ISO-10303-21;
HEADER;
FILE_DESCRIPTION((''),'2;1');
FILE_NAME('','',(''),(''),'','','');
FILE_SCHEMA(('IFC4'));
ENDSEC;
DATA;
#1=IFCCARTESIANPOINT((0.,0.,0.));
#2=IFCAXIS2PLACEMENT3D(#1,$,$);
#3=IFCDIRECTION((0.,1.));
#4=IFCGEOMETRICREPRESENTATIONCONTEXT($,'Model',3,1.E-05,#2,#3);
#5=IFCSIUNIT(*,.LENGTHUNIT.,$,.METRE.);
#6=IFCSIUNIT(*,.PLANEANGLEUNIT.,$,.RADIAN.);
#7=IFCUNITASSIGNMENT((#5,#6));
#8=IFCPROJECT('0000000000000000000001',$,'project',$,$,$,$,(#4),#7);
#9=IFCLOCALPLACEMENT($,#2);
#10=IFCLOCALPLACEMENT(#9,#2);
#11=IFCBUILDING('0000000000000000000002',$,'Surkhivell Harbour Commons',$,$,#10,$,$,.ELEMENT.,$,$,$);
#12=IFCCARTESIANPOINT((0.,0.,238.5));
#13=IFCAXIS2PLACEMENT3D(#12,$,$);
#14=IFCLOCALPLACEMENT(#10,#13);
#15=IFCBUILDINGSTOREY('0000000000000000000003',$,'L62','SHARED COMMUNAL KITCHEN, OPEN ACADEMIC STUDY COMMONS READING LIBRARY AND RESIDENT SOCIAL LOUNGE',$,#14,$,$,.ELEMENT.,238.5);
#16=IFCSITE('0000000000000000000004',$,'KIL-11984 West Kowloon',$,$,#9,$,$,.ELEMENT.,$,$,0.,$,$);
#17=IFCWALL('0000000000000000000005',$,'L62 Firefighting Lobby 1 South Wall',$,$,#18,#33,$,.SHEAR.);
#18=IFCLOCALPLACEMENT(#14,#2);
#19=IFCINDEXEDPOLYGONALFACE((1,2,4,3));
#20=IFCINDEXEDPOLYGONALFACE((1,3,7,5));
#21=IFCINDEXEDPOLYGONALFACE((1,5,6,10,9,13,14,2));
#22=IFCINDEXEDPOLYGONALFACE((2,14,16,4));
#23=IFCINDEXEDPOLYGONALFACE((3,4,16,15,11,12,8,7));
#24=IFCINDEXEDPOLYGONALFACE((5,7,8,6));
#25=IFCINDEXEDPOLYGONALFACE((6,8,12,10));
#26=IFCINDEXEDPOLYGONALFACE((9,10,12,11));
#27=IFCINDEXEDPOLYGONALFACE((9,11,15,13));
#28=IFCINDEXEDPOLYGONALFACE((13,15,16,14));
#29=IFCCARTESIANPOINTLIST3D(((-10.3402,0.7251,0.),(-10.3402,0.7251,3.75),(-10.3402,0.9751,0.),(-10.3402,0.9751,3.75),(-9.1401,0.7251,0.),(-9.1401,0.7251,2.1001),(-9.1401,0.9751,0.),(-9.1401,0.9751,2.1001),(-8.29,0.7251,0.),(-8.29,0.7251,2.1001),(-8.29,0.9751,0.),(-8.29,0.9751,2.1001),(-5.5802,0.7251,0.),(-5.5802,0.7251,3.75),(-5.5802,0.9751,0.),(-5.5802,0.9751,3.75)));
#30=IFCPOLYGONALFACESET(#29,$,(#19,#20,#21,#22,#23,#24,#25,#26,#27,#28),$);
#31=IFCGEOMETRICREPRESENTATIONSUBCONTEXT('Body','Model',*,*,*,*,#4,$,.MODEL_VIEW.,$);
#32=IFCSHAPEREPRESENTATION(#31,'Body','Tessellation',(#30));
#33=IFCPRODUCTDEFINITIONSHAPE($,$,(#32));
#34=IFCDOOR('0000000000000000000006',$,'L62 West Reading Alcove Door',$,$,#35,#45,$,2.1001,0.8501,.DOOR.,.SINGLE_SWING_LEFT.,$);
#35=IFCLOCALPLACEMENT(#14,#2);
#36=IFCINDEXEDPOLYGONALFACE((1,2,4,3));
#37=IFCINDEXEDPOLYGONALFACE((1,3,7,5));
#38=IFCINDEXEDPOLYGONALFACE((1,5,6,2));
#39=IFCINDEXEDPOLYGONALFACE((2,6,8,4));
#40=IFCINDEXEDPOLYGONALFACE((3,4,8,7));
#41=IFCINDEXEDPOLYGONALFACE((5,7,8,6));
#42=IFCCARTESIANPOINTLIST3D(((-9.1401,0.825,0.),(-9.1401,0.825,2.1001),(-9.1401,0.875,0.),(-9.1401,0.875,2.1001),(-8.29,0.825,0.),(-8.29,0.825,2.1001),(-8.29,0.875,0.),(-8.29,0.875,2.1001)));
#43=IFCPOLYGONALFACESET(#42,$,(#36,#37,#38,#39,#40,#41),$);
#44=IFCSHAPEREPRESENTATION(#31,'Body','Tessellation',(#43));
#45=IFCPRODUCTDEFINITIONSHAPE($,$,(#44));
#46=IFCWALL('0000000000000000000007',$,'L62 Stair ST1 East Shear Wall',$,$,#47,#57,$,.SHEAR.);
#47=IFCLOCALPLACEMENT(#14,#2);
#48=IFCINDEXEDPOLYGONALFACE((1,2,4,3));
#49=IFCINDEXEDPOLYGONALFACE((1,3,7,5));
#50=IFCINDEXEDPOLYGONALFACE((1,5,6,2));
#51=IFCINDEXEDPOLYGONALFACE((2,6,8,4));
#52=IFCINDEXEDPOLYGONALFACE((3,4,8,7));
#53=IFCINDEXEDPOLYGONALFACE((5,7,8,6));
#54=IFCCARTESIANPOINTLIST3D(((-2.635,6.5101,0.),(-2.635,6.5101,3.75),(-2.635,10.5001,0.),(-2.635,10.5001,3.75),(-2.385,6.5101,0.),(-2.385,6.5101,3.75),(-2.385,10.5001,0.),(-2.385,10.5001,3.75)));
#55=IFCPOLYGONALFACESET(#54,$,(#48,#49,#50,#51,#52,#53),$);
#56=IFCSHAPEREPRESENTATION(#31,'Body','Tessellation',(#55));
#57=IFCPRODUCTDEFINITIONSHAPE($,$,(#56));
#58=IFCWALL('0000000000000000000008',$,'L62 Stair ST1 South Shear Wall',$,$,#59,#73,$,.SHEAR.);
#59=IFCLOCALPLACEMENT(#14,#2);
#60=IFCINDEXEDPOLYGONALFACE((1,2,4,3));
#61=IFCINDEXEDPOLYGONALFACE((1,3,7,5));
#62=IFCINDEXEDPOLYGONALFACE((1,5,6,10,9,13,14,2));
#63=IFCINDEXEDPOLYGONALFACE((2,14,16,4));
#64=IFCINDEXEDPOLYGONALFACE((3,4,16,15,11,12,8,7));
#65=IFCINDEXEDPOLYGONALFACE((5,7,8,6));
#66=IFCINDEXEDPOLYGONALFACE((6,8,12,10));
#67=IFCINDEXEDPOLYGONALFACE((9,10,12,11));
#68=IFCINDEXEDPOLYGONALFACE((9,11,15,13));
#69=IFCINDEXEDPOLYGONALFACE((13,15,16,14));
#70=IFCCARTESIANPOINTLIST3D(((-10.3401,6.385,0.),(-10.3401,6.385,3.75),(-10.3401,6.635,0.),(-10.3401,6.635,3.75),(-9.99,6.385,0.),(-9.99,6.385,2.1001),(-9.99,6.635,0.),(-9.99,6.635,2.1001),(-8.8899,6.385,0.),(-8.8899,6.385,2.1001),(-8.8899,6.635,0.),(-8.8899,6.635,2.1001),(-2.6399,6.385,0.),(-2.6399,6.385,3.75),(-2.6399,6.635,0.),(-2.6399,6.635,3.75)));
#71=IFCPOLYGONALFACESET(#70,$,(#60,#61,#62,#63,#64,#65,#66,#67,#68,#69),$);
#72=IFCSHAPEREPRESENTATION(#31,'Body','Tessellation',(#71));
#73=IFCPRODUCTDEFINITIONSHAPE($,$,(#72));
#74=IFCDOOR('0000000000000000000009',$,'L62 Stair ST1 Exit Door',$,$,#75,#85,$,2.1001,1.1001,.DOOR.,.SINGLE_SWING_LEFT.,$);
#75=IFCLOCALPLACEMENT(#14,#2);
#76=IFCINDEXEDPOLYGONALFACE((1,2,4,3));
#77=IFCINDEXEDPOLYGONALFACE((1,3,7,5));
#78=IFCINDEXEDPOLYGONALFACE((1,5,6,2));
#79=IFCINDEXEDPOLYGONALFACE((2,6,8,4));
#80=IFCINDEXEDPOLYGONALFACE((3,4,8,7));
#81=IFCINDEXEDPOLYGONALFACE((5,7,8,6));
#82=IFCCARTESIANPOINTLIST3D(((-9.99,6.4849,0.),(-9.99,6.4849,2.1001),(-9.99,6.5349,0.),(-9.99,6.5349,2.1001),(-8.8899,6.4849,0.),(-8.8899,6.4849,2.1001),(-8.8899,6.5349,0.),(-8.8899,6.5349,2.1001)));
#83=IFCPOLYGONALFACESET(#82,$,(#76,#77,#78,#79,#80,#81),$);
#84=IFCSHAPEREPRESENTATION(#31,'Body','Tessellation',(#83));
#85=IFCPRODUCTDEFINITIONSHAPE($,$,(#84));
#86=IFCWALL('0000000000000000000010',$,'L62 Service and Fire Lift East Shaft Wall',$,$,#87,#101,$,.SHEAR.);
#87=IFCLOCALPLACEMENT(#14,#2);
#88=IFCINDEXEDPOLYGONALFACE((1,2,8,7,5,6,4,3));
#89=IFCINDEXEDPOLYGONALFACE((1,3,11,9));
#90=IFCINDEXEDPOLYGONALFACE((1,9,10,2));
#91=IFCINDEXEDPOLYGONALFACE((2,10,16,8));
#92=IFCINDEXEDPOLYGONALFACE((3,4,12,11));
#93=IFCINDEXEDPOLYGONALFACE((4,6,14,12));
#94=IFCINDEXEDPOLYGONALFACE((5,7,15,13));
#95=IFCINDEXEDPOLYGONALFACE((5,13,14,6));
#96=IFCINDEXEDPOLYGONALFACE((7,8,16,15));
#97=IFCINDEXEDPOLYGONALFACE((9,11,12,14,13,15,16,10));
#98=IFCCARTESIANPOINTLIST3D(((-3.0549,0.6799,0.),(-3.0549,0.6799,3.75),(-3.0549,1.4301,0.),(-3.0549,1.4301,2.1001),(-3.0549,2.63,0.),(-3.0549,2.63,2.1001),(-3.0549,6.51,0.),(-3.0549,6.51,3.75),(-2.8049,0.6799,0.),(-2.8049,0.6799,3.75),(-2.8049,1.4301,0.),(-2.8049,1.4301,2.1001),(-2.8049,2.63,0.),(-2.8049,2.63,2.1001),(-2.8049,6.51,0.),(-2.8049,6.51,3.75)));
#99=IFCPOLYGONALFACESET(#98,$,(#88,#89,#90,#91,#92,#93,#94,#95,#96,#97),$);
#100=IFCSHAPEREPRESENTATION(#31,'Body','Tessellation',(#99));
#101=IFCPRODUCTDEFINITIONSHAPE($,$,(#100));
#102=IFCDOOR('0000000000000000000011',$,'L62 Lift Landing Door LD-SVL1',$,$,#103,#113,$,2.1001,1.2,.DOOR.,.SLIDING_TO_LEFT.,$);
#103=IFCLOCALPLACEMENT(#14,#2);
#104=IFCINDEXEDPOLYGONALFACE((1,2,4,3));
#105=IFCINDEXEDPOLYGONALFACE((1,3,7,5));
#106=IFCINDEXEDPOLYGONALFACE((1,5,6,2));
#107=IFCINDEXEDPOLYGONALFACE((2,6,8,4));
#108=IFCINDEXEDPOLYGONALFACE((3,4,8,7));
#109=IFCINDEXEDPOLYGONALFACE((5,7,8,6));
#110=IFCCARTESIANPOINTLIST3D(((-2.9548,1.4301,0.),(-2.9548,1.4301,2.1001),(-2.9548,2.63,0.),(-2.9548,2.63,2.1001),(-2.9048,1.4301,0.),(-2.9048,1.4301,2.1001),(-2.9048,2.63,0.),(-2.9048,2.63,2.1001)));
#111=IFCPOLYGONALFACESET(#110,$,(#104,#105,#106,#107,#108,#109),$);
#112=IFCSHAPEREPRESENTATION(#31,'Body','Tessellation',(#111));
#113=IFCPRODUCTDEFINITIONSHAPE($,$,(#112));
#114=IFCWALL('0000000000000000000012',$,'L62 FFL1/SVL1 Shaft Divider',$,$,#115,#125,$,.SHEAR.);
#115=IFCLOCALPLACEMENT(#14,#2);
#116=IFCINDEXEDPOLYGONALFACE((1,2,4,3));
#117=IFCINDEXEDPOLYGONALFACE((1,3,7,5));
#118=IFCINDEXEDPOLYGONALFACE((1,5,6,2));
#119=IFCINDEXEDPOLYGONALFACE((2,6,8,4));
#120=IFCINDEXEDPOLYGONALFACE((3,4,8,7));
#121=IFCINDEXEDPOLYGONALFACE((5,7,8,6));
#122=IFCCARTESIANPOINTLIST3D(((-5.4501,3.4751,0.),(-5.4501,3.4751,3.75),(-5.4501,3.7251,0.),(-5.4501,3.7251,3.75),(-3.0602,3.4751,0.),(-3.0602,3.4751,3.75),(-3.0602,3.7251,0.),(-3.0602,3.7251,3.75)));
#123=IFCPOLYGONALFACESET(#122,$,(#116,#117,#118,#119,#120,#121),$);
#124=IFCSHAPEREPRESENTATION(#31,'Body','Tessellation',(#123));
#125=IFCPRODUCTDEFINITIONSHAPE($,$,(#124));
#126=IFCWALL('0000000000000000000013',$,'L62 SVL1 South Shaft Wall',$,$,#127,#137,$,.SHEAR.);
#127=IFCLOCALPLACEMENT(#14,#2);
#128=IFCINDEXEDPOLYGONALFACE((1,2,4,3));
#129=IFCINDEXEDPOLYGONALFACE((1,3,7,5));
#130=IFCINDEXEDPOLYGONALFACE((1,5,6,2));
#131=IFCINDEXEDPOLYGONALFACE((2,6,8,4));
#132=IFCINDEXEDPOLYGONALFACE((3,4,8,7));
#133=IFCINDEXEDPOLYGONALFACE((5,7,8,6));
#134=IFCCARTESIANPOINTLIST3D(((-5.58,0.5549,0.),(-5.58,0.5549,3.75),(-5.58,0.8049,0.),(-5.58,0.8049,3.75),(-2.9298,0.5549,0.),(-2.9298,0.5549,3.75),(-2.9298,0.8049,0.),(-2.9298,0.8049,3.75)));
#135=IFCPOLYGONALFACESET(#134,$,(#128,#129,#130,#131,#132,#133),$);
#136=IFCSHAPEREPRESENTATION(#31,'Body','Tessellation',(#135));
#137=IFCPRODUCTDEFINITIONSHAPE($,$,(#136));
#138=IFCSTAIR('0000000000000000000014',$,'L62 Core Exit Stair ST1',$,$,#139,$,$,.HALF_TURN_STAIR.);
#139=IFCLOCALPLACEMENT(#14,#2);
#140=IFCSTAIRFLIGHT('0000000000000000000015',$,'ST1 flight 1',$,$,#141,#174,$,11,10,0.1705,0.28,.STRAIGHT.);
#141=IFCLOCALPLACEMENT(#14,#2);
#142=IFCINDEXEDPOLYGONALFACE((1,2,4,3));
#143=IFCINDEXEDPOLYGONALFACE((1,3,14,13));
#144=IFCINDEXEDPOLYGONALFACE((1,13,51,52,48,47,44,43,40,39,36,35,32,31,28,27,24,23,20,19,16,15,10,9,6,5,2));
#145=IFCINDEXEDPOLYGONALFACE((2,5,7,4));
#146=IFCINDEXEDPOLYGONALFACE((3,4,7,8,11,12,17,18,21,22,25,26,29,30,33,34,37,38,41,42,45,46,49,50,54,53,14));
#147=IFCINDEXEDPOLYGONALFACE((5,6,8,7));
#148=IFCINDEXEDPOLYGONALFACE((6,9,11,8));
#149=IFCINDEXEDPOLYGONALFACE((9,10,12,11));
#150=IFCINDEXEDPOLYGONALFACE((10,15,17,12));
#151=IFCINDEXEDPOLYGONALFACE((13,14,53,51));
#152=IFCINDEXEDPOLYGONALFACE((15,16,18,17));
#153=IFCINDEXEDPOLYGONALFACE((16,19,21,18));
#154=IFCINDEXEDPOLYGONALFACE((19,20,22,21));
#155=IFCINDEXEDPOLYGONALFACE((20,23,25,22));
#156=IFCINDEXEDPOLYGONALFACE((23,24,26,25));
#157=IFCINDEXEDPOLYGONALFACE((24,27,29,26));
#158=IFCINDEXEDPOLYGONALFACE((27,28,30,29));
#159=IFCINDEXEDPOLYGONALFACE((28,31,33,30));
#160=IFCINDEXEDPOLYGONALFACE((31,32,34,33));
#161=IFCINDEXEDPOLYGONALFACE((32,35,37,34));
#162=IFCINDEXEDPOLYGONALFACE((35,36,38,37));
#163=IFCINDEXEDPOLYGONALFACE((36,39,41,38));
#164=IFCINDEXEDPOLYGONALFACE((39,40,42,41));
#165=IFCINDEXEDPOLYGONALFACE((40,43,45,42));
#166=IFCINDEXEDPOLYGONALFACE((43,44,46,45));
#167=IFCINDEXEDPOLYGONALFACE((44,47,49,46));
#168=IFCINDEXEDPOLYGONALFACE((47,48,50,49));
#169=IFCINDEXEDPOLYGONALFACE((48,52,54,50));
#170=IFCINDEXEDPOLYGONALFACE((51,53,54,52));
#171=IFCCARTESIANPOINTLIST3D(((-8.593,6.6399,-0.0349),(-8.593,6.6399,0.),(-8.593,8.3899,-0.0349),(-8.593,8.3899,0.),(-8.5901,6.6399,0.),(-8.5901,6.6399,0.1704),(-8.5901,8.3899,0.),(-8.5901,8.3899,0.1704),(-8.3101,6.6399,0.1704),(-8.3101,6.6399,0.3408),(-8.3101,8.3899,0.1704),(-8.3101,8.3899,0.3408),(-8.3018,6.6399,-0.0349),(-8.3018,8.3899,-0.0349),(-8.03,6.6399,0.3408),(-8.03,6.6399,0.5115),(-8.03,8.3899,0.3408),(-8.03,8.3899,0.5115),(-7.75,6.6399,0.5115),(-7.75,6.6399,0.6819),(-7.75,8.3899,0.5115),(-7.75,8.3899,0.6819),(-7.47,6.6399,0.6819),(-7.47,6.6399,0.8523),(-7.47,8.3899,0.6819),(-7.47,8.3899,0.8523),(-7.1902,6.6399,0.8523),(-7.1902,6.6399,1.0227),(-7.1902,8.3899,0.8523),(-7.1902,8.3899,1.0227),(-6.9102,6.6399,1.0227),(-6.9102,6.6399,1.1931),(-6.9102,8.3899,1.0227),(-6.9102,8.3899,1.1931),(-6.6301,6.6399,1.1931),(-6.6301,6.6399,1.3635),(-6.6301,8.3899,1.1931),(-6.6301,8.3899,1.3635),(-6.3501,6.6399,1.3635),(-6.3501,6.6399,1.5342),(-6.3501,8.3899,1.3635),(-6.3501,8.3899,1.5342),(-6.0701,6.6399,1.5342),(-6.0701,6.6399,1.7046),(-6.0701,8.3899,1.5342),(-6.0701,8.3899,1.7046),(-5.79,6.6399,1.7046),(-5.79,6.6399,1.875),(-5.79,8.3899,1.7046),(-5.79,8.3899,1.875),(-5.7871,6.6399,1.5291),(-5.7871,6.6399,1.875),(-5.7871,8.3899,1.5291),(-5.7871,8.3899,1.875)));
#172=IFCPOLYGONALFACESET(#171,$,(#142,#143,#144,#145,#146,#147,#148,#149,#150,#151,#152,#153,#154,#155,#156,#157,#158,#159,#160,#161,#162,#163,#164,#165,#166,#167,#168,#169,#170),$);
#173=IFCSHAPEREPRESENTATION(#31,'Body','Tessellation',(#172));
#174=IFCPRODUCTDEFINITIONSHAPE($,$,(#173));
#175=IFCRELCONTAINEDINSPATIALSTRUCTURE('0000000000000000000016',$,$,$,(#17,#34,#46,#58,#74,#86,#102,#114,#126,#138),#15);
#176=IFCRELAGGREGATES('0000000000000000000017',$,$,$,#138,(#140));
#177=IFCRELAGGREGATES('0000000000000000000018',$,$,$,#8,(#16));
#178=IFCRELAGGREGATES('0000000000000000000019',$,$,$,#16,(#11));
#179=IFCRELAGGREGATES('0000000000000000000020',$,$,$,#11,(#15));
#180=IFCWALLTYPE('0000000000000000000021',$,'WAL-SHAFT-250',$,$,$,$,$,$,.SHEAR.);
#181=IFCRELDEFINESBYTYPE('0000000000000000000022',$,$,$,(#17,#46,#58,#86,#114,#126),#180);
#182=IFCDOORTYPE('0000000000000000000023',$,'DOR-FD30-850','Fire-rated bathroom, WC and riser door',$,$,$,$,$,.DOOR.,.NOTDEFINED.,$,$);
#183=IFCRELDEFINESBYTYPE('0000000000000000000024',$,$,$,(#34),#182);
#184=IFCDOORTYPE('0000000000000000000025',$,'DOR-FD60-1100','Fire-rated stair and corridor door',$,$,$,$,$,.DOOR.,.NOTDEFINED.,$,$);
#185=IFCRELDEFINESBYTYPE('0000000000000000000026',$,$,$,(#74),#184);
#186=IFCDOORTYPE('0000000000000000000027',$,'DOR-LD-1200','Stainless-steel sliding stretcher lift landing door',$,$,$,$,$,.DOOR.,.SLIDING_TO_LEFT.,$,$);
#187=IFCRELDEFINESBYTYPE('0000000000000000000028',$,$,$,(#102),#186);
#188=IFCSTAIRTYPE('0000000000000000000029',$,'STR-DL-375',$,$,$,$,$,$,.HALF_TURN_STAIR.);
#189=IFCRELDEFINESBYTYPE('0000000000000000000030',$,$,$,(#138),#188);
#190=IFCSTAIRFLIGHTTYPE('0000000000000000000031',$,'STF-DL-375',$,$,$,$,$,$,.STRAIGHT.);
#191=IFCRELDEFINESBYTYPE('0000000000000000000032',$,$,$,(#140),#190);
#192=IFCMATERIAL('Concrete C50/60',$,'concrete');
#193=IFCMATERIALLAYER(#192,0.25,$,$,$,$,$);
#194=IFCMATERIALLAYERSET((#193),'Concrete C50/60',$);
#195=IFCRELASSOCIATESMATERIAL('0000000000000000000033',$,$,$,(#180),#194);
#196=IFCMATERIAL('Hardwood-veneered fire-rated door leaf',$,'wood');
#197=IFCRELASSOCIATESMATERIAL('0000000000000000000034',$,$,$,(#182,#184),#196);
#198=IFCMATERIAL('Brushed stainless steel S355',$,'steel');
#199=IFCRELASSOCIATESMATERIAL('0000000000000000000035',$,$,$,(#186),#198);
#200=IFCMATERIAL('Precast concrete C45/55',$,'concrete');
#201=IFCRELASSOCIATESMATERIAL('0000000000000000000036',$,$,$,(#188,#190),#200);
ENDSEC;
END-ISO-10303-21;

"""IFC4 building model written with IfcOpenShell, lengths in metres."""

from ifc_helpers import new_model, si_unit, direction, frame, frame_2d, origin, place, context, subcontext, project, spatial, polyline, rectangle, outline, extrude, material, layer, layer_set, type_object, element, fill, aggregate, save


model = new_model("IFC4")

# Units and contexts
model_context = context("Model", 3, precision=1e-05, world=origin(), true_north=direction((0.0, 1.0)))
body_context = subcontext(model_context, "Body", "Model", "MODEL_VIEW")
ifc_project = project(units=[si_unit("LENGTHUNIT", "METRE"), si_unit("PLANEANGLEUNIT", "RADIAN")], contexts=[model_context])

# Site, building, storey
site_placement = place(None, origin())
site = spatial("IfcSite", under=ifc_project, at=site_placement, Name="KIL-11984 West Kowloon", CompositionType="ELEMENT", RefElevation=0.0)
building_placement = place(site_placement, origin())
building = spatial("IfcBuilding", under=site, at=building_placement, Name="Surkhivell Harbour Commons", CompositionType="ELEMENT")
storey_placement = place(building_placement, frame((0.0, 0.0, 238.5)))
storey = spatial("IfcBuildingStorey", under=building, at=storey_placement, Name="L62", Description="SHARED COMMUNAL KITCHEN, OPEN ACADEMIC STUDY COMMONS READING LIBRARY AND RESIDENT SOCIAL LOUNGE", CompositionType="ELEMENT", Elevation=238.5)

# Shared definitions
ifc_material_1 = material(Name="Hardwood-veneered fire-rated door leaf", Category="wood")

# Wall, opening, door
ifc_material_2 = material(Name="Concrete C50/60", Category="concrete")
ifc_layer_1 = layer(ifc_material_2, 0.25)
ifc_layer_set_1 = layer_set([ifc_layer_1], Name="Concrete C50/60")
wall_type_1 = type_object("IfcWallType", Name="WAL-SHAFT-250", PredefinedType="SHEAR", material=ifc_layer_set_1)
ifc_material_3 = material(Name="Brushed stainless steel S355", Category="steel")
wall_1_placement = place(storey_placement, frame((-10.3401, 0.8501, 0.0), z_axis=(0.0, 0.0, 1.0), x_axis=(1.0, 0.0, 0.0)))
wall_1 = element("IfcWall", 1, at=wall_1_placement, inside=storey, type_object=wall_type_1, Name="L62 Firefighting Lobby 1 South Wall", PredefinedType="SHEAR", context=body_context, shape_type="SweptSolid", body=[
    extrude(rectangle(XDim=4.76, YDim=0.25, at=frame_2d((2.3799, 0.0))), origin(), (0.0, 0.0, 1.0), 3.75),
])
opening_1_placement = place(wall_1_placement, frame((1.2, 0.0, 0.0)))
opening_1 = element("IfcOpeningElement", 2, at=opening_1_placement, cuts=wall_1, PredefinedType="OPENING", context=body_context, shape_type="SweptSolid", body=[
    extrude(rectangle(XDim=0.8501, YDim=2.1001, at=frame_2d((0.425, 1.05))), frame((0.0, 0.135, 0.0), z_axis=(0.0, -1.0, 0.0), x_axis=(1.0, 0.0, 0.0)), (0.0, 0.0, 1.0), 0.27),
])
door_type_1 = type_object("IfcDoorType", Name="DOR-FD30-850", Description="Fire-rated bathroom, WC and riser door", OperationType="NOTDEFINED", PredefinedType="DOOR", material=ifc_material_1)
door_1_placement = place(opening_1_placement, origin())
door_1 = element("IfcDoor", 3, at=door_1_placement, inside=storey, type_object=door_type_1, Name="L62 West Reading Alcove Door", OperationType="SINGLE_SWING_LEFT", OverallHeight=2.1001, OverallWidth=0.8501, PredefinedType="DOOR", context=body_context, shape_type="SweptSolid", body=[
    extrude(rectangle(XDim=0.8501, YDim=2.1001, at=frame_2d((0.425, 1.05))), frame((0.0, 0.0249, 0.0), z_axis=(0.0, -1.0, 0.0), x_axis=(1.0, 0.0, 0.0)), (0.0, 0.0, 1.0), 0.05),
])
fill(opening_1, door_1)

# Wall
wall_2_placement = place(storey_placement, frame((-2.51, 6.51, 0.0), z_axis=(0.0, 0.0, 1.0), x_axis=(0.0, 1.0, 0.0)))
element("IfcWall", 4, at=wall_2_placement, inside=storey, type_object=wall_type_1, Name="L62 Stair ST1 East Shear Wall", PredefinedType="SHEAR", context=body_context, shape_type="SweptSolid", body=[
    extrude(rectangle(XDim=3.99, YDim=0.25, at=frame_2d((1.9951, 0.0))), origin(), (0.0, 0.0, 1.0), 3.75),
])

# Walls, openings, doors
wall_3_placement = place(storey_placement, frame((-10.3401, 6.51, 0.0), z_axis=(0.0, 0.0, 1.0), x_axis=(1.0, 0.0, 0.0)))
wall_3 = element("IfcWall", 5, at=wall_3_placement, inside=storey, type_object=wall_type_1, Name="L62 Stair ST1 South Shear Wall", PredefinedType="SHEAR", context=body_context, shape_type="SweptSolid", body=[
    extrude(rectangle(XDim=7.7002, YDim=0.25, at=frame_2d((3.8501, 0.0))), origin(), (0.0, 0.0, 1.0), 3.75),
])
opening_2_placement = place(wall_3_placement, frame((0.3501, 0.0, 0.0)))
opening_2 = element("IfcOpeningElement", 6, at=opening_2_placement, cuts=wall_3, PredefinedType="OPENING", context=body_context, shape_type="SweptSolid", body=[
    extrude(rectangle(XDim=1.1001, YDim=2.1001, at=frame_2d((0.55, 1.05))), frame((0.0, 0.135, 0.0), z_axis=(0.0, -1.0, 0.0), x_axis=(1.0, 0.0, 0.0)), (0.0, 0.0, 1.0), 0.27),
])
door_type_2 = type_object("IfcDoorType", Name="DOR-FD60-1100", Description="Fire-rated stair and corridor door", OperationType="NOTDEFINED", PredefinedType="DOOR", material=ifc_material_1)
door_2_placement = place(opening_2_placement, origin())
door_2 = element("IfcDoor", 7, at=door_2_placement, inside=storey, type_object=door_type_2, Name="L62 Stair ST1 Exit Door", OperationType="SINGLE_SWING_LEFT", OverallHeight=2.1001, OverallWidth=1.1001, PredefinedType="DOOR", context=body_context, shape_type="SweptSolid", body=[
    extrude(rectangle(XDim=1.1001, YDim=2.1001, at=frame_2d((0.55, 1.05))), frame((0.0, 0.0249, 0.0), z_axis=(0.0, -1.0, 0.0), x_axis=(1.0, 0.0, 0.0)), (0.0, 0.0, 1.0), 0.05),
])
fill(opening_2, door_2)
wall_4_placement = place(storey_placement, frame((-2.9299, 0.6799, 0.0), z_axis=(0.0, 0.0, 1.0), x_axis=(0.0, 1.0, 0.0)))
wall_4 = element("IfcWall", 8, at=wall_4_placement, inside=storey, type_object=wall_type_1, Name="L62 Service and Fire Lift East Shaft Wall", PredefinedType="SHEAR", context=body_context, shape_type="SweptSolid", body=[
    extrude(rectangle(XDim=5.8301, YDim=0.25, at=frame_2d((2.915, 0.0))), origin(), (0.0, 0.0, 1.0), 3.75),
])
opening_3_placement = place(wall_4_placement, frame((0.75, 0.0, 0.0)))
opening_3 = element("IfcOpeningElement", 9, at=opening_3_placement, cuts=wall_4, PredefinedType="OPENING", context=body_context, shape_type="SweptSolid", body=[
    extrude(rectangle(XDim=1.2, YDim=2.1001, at=frame_2d((0.6001, 1.05))), frame((0.0, 0.135, 0.0), z_axis=(0.0, -1.0, 0.0), x_axis=(1.0, 0.0, 0.0)), (0.0, 0.0, 1.0), 0.27),
])
door_type_3 = type_object("IfcDoorType", Name="DOR-LD-1200", Description="Stainless-steel sliding stretcher lift landing door", OperationType="SLIDING_TO_LEFT", PredefinedType="DOOR", material=ifc_material_3)
door_3_placement = place(opening_3_placement, origin())
door_3 = element("IfcDoor", 10, at=door_3_placement, inside=storey, type_object=door_type_3, Name="L62 Lift Landing Door LD-SVL1", OperationType="SLIDING_TO_LEFT", OverallHeight=2.1001, OverallWidth=1.2, PredefinedType="DOOR", context=body_context, shape_type="SweptSolid", body=[
    extrude(rectangle(XDim=1.2, YDim=2.1001, at=frame_2d((0.6001, 1.05))), frame((0.0, 0.0249, 0.0), z_axis=(0.0, -1.0, 0.0), x_axis=(1.0, 0.0, 0.0)), (0.0, 0.0, 1.0), 0.05),
])
fill(opening_3, door_3)

# Walls
wall_5_placement = place(storey_placement, frame((-5.45, 3.6001, 0.0), z_axis=(0.0, 0.0, 1.0), x_axis=(1.0, 0.0, 0.0)))
element("IfcWall", 11, at=wall_5_placement, inside=storey, type_object=wall_type_1, Name="L62 FFL1/SVL1 Shaft Divider", PredefinedType="SHEAR", context=body_context, shape_type="SweptSolid", body=[
    extrude(rectangle(XDim=2.3899, YDim=0.25, at=frame_2d((1.1948, 0.0))), origin(), (0.0, 0.0, 1.0), 3.75),
])
wall_6_placement = place(storey_placement, frame((-5.5801, 0.6799, 0.0), z_axis=(0.0, 0.0, 1.0), x_axis=(1.0, 0.0, 0.0)))
element("IfcWall", 12, at=wall_6_placement, inside=storey, type_object=wall_type_1, Name="L62 SVL1 South Shaft Wall", PredefinedType="SHEAR", context=body_context, shape_type="SweptSolid", body=[
    extrude(rectangle(XDim=2.6501, YDim=0.25, at=frame_2d((1.3252, 0.0))), origin(), (0.0, 0.0, 1.0), 3.75),
])

# Stair, stair flight
ifc_material_4 = material(Name="Precast concrete C45/55", Category="concrete")
stair_type = type_object("IfcStairType", Name="STR-DL-375", PredefinedType="HALF_TURN_STAIR", material=ifc_material_4)
stair_placement = place(storey_placement, origin())
stair = element("IfcStair", 13, at=stair_placement, inside=storey, type_object=stair_type, Name="L62 Core Exit Stair ST1", PredefinedType="HALF_TURN_STAIR")
stair_flight_type = type_object("IfcStairFlightType", Name="STF-DL-375", PredefinedType="STRAIGHT", material=ifc_material_4)
stair_flight_1_placement = place(storey_placement, frame((-8.5901, 7.5149, 0.0), z_axis=(0.0, 0.0, 1.0), x_axis=(1.0, 0.0, 0.0)))
stair_flight_1 = element("IfcStairFlight", 14, at=stair_flight_1_placement, type_object=stair_flight_type, Name="ST1 flight 1", NumberOfRisers=11, NumberOfTreads=10, PredefinedType="STRAIGHT", RiserHeight=0.1705, TreadLength=0.28, context=body_context, shape_type="SweptSolid", body=[
    extrude(outline(polyline([(-0.0029, -0.0349), (-0.0029, 0.0), (0.0, 0.0), (0.0, 0.1704), (0.28, 0.1704), (0.28, 0.3408), (0.5601, 0.3408), (0.5601, 0.5115), (0.8401, 0.5115), (0.8401, 0.6819), (1.1201, 0.6819), (1.1201, 0.8523), (1.3999, 0.8523), (1.3999, 1.0227), (1.6799, 1.0227), (1.6799, 1.1931), (1.96, 1.1931), (1.96, 1.3635), (2.24, 1.3635), (2.24, 1.5342), (2.52, 1.5342), (2.52, 1.7046), (2.8, 1.7046), (2.8, 1.875), (2.803, 1.875), (2.803, 1.5291), (0.2883, -0.0349), (-0.0029, -0.0349)])), frame((0.0, 0.875, 0.0), z_axis=(0.0, -1.0, 0.0), x_axis=(1.0, 0.0, 0.0)), (0.0, 0.0, 1.0), 1.75),
])
aggregate(stair, [stair_flight_1])

save(model, "model.ifc")
